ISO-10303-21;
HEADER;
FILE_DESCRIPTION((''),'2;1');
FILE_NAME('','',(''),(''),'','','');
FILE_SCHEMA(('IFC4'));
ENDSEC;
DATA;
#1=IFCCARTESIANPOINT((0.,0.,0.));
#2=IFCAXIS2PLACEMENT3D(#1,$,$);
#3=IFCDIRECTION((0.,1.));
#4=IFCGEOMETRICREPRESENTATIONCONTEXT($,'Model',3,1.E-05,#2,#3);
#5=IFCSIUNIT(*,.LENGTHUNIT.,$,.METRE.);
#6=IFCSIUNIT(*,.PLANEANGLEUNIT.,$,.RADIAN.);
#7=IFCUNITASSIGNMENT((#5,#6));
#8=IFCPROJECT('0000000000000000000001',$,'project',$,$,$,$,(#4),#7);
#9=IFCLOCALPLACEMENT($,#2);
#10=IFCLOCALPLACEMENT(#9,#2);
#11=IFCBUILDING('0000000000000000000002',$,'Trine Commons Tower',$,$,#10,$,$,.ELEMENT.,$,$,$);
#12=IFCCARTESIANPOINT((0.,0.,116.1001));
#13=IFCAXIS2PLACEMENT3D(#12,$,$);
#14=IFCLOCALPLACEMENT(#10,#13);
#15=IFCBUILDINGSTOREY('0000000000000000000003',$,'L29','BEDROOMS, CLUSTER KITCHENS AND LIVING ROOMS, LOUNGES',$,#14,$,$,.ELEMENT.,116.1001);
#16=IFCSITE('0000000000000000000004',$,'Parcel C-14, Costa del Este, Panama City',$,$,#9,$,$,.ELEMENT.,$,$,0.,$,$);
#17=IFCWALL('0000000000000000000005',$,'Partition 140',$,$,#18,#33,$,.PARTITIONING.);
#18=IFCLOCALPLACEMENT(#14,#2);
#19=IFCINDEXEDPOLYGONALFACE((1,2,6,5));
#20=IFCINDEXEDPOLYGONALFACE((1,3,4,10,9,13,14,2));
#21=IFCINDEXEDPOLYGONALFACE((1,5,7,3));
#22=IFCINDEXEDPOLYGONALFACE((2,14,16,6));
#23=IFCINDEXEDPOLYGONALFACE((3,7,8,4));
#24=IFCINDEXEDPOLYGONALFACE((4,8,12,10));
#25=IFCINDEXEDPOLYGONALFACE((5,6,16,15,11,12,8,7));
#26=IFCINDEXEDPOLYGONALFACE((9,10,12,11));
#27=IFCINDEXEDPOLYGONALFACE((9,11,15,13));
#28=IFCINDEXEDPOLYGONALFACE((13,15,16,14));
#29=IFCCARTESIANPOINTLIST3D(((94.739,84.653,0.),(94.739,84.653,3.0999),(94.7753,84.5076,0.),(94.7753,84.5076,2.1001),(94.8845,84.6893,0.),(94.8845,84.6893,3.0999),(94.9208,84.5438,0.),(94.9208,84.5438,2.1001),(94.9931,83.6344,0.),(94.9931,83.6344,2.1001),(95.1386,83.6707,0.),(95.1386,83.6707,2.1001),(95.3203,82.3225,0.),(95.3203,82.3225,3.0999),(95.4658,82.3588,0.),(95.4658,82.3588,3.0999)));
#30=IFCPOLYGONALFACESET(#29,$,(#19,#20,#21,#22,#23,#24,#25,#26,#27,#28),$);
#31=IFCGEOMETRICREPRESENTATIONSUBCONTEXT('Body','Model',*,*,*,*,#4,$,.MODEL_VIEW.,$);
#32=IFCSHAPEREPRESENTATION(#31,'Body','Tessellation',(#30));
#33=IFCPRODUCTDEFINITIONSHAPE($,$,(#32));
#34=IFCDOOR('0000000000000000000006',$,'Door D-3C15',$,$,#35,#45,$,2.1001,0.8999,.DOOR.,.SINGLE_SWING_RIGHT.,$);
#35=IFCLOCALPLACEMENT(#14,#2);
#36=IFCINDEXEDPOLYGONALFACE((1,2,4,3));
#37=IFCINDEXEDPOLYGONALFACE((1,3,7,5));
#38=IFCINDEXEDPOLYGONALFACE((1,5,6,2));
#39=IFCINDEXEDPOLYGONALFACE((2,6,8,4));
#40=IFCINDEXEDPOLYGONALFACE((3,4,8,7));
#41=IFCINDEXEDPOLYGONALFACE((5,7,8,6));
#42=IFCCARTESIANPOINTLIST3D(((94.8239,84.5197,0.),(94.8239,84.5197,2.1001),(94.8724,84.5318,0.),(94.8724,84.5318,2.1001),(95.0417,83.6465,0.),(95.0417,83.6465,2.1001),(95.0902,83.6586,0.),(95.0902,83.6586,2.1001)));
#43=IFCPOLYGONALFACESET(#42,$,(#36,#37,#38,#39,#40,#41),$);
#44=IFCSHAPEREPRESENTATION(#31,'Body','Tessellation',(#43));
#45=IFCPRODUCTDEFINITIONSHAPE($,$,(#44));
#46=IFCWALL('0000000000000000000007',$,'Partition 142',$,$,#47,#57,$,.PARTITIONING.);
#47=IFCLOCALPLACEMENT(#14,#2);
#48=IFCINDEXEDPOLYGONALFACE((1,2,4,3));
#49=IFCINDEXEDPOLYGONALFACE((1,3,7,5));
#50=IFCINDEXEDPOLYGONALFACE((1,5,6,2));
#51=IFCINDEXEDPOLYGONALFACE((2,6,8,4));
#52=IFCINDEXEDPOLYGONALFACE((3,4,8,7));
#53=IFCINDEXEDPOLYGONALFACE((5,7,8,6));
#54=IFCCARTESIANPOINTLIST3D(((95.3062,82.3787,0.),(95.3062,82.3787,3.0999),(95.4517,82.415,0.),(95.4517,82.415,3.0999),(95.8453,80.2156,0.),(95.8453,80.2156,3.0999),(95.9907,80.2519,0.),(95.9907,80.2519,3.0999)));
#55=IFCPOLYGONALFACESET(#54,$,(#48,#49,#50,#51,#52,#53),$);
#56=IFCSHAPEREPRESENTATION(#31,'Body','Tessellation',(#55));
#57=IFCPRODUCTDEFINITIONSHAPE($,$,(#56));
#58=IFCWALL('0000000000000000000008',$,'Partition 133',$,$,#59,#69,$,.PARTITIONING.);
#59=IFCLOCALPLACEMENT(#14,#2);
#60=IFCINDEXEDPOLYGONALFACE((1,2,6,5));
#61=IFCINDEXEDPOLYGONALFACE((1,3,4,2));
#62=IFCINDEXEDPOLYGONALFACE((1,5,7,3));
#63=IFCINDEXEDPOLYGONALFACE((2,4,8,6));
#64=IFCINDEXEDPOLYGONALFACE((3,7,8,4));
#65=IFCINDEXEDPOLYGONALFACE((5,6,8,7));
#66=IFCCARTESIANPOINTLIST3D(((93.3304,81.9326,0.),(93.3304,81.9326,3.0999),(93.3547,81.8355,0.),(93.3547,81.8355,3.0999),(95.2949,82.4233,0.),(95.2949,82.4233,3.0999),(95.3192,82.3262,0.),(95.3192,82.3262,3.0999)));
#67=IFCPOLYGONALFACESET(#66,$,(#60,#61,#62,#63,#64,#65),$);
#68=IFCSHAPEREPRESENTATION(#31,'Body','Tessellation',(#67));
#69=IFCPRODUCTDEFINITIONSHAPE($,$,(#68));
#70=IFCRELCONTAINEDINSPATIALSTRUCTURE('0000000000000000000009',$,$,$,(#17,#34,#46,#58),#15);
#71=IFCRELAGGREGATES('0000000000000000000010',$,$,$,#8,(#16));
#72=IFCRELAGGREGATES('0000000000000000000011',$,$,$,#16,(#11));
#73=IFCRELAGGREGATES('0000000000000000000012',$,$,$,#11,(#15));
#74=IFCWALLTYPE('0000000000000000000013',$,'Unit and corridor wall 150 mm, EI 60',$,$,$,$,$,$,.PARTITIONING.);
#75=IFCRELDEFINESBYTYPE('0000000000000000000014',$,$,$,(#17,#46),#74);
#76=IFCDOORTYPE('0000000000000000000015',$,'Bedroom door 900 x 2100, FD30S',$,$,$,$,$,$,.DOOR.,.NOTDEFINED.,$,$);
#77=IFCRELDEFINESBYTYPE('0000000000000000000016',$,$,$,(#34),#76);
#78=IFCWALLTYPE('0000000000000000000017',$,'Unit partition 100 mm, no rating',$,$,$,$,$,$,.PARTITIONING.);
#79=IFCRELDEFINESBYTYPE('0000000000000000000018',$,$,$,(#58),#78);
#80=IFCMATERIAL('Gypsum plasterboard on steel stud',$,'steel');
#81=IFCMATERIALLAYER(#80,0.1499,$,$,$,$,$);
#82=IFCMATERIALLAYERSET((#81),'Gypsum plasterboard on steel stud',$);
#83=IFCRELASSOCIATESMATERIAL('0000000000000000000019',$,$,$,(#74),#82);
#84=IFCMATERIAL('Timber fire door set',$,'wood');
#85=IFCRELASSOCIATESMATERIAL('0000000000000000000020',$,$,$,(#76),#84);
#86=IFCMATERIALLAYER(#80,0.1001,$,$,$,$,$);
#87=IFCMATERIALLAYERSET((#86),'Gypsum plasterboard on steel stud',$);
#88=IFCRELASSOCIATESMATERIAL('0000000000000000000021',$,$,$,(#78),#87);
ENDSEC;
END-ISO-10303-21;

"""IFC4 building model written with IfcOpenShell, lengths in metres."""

from ifc_helpers import new_model, si_unit, direction, frame, frame_2d, origin, place, context, subcontext, project, spatial, rectangle, extrude, material, layer, layer_set, type_object, element, fill, save


model = new_model("IFC4")

# Units and contexts
model_context = context("Model", 3, precision=1e-05, world=origin(), true_north=direction((0.0, 1.0)))
body_context = subcontext(model_context, "Body", "Model", "MODEL_VIEW")
ifc_project = project(units=[si_unit("LENGTHUNIT", "METRE"), si_unit("PLANEANGLEUNIT", "RADIAN")], contexts=[model_context])

# Site, building, storey
site_placement = place(None, origin())
site = spatial("IfcSite", under=ifc_project, at=site_placement, Name="Parcel C-14, Costa del Este, Panama City", CompositionType="ELEMENT", RefElevation=0.0)
building_placement = place(site_placement, origin())
building = spatial("IfcBuilding", under=site, at=building_placement, Name="Trine Commons Tower", CompositionType="ELEMENT")
storey_placement = place(building_placement, frame((0.0, 0.0, 116.1001)))
storey = spatial("IfcBuildingStorey", under=building, at=storey_placement, Name="L29", Description="BEDROOMS, CLUSTER KITCHENS AND LIVING ROOMS, LOUNGES", CompositionType="ELEMENT", Elevation=116.1001)

# Wall, opening, door
ifc_material_1 = material(Name="Gypsum plasterboard on steel stud", Category="steel")
ifc_layer_1 = layer(ifc_material_1, 0.1499)
ifc_layer_set_1 = layer_set([ifc_layer_1], Name="Gypsum plasterboard on steel stud")
wall_type_1 = type_object("IfcWallType", Name="Unit and corridor wall 150 mm, EI 60", PredefinedType="PARTITIONING", material=ifc_layer_set_1)
wall_1_placement = place(storey_placement, frame((94.8118, 84.6711, 0.0), z_axis=(0.0, 0.0, 1.0), x_axis=(0.242009, -0.970274, 0.0)))
wall_1 = element("IfcWall", 1, at=wall_1_placement, inside=storey, type_object=wall_type_1, Name="Partition 140", PredefinedType="PARTITIONING", context=body_context, shape_type="SweptSolid", body=[
    extrude(rectangle(XDim=2.4019, YDim=0.1499, at=frame_2d((1.2009, 0.0))), origin(), (0.0, 0.0, 1.0), 3.0999),
])
opening_1_placement = place(wall_1_placement, frame((0.1499, 0.0, 0.0)))
opening_1 = element("IfcOpeningElement", 2, at=opening_1_placement, cuts=wall_1, PredefinedType="OPENING", context=body_context, shape_type="SweptSolid", body=[
    extrude(rectangle(XDim=0.8999, YDim=2.1001, at=frame_2d((0.45, 1.05))), frame((0.0, 0.085, 0.0), z_axis=(0.0, -1.0, 0.0), x_axis=(1.0, 0.0, 0.0)), (0.0, 0.0, 1.0), 0.1699),
])
ifc_material_2 = material(Name="Timber fire door set", Category="wood")
door_type_1 = type_object("IfcDoorType", Name="Bedroom door 900 x 2100, FD30S", OperationType="NOTDEFINED", PredefinedType="DOOR", material=ifc_material_2)
door_1_placement = place(opening_1_placement, frame((0.8999, 0.0, 0.0), z_axis=(0.0, 0.0, 1.0), x_axis=(-1.0, 0.0, 0.0)))
door_1 = element("IfcDoor", 3, at=door_1_placement, inside=storey, type_object=door_type_1, Name="Door D-3C15", OperationType="SINGLE_SWING_RIGHT", OverallHeight=2.1001, OverallWidth=0.8999, PredefinedType="DOOR", context=body_context, shape_type="SweptSolid", body=[
    extrude(rectangle(XDim=0.8999, YDim=2.1001, at=frame_2d((0.45, 1.05))), frame((0.0, 0.0249, 0.0), z_axis=(0.0, -1.0, 0.0), x_axis=(1.0, 0.0, 0.0)), (0.0, 0.0, 1.0), 0.05),
])
fill(opening_1, door_1)

# Walls
wall_2_placement = place(storey_placement, frame((95.3789, 82.397, 0.0), z_axis=(0.0, 0.0, 1.0), x_axis=(0.241814, -0.970323, 0.0)))
element("IfcWall", 4, at=wall_2_placement, inside=storey, type_object=wall_type_1, Name="Partition 142", PredefinedType="PARTITIONING", context=body_context, shape_type="SweptSolid", body=[
    extrude(rectangle(XDim=2.2292, YDim=0.1499, at=frame_2d((1.1147, 0.0))), origin(), (0.0, 0.0, 1.0), 3.0999),
])
ifc_layer_2 = layer(ifc_material_1, 0.1001)
ifc_layer_set_2 = layer_set([ifc_layer_2], Name="Gypsum plasterboard on steel stud")
wall_type_2 = type_object("IfcWallType", Name="Unit partition 100 mm, no rating", PredefinedType="PARTITIONING", material=ifc_layer_set_2)
wall_3_placement = place(storey_placement, frame((93.3425, 81.884, 0.0), z_axis=(0.0, 0.0, 1.0), x_axis=(0.970192, 0.242337, 0.0)))
element("IfcWall", 5, at=wall_3_placement, inside=storey, type_object=wall_type_2, Name="Partition 133", PredefinedType="PARTITIONING", context=body_context, shape_type="SweptSolid", body=[
    extrude(rectangle(XDim=2.0249, YDim=0.1001, at=frame_2d((1.0125, 0.0))), origin(), (0.0, 0.0, 1.0), 3.0999),
])

save(model, "model.ifc")
